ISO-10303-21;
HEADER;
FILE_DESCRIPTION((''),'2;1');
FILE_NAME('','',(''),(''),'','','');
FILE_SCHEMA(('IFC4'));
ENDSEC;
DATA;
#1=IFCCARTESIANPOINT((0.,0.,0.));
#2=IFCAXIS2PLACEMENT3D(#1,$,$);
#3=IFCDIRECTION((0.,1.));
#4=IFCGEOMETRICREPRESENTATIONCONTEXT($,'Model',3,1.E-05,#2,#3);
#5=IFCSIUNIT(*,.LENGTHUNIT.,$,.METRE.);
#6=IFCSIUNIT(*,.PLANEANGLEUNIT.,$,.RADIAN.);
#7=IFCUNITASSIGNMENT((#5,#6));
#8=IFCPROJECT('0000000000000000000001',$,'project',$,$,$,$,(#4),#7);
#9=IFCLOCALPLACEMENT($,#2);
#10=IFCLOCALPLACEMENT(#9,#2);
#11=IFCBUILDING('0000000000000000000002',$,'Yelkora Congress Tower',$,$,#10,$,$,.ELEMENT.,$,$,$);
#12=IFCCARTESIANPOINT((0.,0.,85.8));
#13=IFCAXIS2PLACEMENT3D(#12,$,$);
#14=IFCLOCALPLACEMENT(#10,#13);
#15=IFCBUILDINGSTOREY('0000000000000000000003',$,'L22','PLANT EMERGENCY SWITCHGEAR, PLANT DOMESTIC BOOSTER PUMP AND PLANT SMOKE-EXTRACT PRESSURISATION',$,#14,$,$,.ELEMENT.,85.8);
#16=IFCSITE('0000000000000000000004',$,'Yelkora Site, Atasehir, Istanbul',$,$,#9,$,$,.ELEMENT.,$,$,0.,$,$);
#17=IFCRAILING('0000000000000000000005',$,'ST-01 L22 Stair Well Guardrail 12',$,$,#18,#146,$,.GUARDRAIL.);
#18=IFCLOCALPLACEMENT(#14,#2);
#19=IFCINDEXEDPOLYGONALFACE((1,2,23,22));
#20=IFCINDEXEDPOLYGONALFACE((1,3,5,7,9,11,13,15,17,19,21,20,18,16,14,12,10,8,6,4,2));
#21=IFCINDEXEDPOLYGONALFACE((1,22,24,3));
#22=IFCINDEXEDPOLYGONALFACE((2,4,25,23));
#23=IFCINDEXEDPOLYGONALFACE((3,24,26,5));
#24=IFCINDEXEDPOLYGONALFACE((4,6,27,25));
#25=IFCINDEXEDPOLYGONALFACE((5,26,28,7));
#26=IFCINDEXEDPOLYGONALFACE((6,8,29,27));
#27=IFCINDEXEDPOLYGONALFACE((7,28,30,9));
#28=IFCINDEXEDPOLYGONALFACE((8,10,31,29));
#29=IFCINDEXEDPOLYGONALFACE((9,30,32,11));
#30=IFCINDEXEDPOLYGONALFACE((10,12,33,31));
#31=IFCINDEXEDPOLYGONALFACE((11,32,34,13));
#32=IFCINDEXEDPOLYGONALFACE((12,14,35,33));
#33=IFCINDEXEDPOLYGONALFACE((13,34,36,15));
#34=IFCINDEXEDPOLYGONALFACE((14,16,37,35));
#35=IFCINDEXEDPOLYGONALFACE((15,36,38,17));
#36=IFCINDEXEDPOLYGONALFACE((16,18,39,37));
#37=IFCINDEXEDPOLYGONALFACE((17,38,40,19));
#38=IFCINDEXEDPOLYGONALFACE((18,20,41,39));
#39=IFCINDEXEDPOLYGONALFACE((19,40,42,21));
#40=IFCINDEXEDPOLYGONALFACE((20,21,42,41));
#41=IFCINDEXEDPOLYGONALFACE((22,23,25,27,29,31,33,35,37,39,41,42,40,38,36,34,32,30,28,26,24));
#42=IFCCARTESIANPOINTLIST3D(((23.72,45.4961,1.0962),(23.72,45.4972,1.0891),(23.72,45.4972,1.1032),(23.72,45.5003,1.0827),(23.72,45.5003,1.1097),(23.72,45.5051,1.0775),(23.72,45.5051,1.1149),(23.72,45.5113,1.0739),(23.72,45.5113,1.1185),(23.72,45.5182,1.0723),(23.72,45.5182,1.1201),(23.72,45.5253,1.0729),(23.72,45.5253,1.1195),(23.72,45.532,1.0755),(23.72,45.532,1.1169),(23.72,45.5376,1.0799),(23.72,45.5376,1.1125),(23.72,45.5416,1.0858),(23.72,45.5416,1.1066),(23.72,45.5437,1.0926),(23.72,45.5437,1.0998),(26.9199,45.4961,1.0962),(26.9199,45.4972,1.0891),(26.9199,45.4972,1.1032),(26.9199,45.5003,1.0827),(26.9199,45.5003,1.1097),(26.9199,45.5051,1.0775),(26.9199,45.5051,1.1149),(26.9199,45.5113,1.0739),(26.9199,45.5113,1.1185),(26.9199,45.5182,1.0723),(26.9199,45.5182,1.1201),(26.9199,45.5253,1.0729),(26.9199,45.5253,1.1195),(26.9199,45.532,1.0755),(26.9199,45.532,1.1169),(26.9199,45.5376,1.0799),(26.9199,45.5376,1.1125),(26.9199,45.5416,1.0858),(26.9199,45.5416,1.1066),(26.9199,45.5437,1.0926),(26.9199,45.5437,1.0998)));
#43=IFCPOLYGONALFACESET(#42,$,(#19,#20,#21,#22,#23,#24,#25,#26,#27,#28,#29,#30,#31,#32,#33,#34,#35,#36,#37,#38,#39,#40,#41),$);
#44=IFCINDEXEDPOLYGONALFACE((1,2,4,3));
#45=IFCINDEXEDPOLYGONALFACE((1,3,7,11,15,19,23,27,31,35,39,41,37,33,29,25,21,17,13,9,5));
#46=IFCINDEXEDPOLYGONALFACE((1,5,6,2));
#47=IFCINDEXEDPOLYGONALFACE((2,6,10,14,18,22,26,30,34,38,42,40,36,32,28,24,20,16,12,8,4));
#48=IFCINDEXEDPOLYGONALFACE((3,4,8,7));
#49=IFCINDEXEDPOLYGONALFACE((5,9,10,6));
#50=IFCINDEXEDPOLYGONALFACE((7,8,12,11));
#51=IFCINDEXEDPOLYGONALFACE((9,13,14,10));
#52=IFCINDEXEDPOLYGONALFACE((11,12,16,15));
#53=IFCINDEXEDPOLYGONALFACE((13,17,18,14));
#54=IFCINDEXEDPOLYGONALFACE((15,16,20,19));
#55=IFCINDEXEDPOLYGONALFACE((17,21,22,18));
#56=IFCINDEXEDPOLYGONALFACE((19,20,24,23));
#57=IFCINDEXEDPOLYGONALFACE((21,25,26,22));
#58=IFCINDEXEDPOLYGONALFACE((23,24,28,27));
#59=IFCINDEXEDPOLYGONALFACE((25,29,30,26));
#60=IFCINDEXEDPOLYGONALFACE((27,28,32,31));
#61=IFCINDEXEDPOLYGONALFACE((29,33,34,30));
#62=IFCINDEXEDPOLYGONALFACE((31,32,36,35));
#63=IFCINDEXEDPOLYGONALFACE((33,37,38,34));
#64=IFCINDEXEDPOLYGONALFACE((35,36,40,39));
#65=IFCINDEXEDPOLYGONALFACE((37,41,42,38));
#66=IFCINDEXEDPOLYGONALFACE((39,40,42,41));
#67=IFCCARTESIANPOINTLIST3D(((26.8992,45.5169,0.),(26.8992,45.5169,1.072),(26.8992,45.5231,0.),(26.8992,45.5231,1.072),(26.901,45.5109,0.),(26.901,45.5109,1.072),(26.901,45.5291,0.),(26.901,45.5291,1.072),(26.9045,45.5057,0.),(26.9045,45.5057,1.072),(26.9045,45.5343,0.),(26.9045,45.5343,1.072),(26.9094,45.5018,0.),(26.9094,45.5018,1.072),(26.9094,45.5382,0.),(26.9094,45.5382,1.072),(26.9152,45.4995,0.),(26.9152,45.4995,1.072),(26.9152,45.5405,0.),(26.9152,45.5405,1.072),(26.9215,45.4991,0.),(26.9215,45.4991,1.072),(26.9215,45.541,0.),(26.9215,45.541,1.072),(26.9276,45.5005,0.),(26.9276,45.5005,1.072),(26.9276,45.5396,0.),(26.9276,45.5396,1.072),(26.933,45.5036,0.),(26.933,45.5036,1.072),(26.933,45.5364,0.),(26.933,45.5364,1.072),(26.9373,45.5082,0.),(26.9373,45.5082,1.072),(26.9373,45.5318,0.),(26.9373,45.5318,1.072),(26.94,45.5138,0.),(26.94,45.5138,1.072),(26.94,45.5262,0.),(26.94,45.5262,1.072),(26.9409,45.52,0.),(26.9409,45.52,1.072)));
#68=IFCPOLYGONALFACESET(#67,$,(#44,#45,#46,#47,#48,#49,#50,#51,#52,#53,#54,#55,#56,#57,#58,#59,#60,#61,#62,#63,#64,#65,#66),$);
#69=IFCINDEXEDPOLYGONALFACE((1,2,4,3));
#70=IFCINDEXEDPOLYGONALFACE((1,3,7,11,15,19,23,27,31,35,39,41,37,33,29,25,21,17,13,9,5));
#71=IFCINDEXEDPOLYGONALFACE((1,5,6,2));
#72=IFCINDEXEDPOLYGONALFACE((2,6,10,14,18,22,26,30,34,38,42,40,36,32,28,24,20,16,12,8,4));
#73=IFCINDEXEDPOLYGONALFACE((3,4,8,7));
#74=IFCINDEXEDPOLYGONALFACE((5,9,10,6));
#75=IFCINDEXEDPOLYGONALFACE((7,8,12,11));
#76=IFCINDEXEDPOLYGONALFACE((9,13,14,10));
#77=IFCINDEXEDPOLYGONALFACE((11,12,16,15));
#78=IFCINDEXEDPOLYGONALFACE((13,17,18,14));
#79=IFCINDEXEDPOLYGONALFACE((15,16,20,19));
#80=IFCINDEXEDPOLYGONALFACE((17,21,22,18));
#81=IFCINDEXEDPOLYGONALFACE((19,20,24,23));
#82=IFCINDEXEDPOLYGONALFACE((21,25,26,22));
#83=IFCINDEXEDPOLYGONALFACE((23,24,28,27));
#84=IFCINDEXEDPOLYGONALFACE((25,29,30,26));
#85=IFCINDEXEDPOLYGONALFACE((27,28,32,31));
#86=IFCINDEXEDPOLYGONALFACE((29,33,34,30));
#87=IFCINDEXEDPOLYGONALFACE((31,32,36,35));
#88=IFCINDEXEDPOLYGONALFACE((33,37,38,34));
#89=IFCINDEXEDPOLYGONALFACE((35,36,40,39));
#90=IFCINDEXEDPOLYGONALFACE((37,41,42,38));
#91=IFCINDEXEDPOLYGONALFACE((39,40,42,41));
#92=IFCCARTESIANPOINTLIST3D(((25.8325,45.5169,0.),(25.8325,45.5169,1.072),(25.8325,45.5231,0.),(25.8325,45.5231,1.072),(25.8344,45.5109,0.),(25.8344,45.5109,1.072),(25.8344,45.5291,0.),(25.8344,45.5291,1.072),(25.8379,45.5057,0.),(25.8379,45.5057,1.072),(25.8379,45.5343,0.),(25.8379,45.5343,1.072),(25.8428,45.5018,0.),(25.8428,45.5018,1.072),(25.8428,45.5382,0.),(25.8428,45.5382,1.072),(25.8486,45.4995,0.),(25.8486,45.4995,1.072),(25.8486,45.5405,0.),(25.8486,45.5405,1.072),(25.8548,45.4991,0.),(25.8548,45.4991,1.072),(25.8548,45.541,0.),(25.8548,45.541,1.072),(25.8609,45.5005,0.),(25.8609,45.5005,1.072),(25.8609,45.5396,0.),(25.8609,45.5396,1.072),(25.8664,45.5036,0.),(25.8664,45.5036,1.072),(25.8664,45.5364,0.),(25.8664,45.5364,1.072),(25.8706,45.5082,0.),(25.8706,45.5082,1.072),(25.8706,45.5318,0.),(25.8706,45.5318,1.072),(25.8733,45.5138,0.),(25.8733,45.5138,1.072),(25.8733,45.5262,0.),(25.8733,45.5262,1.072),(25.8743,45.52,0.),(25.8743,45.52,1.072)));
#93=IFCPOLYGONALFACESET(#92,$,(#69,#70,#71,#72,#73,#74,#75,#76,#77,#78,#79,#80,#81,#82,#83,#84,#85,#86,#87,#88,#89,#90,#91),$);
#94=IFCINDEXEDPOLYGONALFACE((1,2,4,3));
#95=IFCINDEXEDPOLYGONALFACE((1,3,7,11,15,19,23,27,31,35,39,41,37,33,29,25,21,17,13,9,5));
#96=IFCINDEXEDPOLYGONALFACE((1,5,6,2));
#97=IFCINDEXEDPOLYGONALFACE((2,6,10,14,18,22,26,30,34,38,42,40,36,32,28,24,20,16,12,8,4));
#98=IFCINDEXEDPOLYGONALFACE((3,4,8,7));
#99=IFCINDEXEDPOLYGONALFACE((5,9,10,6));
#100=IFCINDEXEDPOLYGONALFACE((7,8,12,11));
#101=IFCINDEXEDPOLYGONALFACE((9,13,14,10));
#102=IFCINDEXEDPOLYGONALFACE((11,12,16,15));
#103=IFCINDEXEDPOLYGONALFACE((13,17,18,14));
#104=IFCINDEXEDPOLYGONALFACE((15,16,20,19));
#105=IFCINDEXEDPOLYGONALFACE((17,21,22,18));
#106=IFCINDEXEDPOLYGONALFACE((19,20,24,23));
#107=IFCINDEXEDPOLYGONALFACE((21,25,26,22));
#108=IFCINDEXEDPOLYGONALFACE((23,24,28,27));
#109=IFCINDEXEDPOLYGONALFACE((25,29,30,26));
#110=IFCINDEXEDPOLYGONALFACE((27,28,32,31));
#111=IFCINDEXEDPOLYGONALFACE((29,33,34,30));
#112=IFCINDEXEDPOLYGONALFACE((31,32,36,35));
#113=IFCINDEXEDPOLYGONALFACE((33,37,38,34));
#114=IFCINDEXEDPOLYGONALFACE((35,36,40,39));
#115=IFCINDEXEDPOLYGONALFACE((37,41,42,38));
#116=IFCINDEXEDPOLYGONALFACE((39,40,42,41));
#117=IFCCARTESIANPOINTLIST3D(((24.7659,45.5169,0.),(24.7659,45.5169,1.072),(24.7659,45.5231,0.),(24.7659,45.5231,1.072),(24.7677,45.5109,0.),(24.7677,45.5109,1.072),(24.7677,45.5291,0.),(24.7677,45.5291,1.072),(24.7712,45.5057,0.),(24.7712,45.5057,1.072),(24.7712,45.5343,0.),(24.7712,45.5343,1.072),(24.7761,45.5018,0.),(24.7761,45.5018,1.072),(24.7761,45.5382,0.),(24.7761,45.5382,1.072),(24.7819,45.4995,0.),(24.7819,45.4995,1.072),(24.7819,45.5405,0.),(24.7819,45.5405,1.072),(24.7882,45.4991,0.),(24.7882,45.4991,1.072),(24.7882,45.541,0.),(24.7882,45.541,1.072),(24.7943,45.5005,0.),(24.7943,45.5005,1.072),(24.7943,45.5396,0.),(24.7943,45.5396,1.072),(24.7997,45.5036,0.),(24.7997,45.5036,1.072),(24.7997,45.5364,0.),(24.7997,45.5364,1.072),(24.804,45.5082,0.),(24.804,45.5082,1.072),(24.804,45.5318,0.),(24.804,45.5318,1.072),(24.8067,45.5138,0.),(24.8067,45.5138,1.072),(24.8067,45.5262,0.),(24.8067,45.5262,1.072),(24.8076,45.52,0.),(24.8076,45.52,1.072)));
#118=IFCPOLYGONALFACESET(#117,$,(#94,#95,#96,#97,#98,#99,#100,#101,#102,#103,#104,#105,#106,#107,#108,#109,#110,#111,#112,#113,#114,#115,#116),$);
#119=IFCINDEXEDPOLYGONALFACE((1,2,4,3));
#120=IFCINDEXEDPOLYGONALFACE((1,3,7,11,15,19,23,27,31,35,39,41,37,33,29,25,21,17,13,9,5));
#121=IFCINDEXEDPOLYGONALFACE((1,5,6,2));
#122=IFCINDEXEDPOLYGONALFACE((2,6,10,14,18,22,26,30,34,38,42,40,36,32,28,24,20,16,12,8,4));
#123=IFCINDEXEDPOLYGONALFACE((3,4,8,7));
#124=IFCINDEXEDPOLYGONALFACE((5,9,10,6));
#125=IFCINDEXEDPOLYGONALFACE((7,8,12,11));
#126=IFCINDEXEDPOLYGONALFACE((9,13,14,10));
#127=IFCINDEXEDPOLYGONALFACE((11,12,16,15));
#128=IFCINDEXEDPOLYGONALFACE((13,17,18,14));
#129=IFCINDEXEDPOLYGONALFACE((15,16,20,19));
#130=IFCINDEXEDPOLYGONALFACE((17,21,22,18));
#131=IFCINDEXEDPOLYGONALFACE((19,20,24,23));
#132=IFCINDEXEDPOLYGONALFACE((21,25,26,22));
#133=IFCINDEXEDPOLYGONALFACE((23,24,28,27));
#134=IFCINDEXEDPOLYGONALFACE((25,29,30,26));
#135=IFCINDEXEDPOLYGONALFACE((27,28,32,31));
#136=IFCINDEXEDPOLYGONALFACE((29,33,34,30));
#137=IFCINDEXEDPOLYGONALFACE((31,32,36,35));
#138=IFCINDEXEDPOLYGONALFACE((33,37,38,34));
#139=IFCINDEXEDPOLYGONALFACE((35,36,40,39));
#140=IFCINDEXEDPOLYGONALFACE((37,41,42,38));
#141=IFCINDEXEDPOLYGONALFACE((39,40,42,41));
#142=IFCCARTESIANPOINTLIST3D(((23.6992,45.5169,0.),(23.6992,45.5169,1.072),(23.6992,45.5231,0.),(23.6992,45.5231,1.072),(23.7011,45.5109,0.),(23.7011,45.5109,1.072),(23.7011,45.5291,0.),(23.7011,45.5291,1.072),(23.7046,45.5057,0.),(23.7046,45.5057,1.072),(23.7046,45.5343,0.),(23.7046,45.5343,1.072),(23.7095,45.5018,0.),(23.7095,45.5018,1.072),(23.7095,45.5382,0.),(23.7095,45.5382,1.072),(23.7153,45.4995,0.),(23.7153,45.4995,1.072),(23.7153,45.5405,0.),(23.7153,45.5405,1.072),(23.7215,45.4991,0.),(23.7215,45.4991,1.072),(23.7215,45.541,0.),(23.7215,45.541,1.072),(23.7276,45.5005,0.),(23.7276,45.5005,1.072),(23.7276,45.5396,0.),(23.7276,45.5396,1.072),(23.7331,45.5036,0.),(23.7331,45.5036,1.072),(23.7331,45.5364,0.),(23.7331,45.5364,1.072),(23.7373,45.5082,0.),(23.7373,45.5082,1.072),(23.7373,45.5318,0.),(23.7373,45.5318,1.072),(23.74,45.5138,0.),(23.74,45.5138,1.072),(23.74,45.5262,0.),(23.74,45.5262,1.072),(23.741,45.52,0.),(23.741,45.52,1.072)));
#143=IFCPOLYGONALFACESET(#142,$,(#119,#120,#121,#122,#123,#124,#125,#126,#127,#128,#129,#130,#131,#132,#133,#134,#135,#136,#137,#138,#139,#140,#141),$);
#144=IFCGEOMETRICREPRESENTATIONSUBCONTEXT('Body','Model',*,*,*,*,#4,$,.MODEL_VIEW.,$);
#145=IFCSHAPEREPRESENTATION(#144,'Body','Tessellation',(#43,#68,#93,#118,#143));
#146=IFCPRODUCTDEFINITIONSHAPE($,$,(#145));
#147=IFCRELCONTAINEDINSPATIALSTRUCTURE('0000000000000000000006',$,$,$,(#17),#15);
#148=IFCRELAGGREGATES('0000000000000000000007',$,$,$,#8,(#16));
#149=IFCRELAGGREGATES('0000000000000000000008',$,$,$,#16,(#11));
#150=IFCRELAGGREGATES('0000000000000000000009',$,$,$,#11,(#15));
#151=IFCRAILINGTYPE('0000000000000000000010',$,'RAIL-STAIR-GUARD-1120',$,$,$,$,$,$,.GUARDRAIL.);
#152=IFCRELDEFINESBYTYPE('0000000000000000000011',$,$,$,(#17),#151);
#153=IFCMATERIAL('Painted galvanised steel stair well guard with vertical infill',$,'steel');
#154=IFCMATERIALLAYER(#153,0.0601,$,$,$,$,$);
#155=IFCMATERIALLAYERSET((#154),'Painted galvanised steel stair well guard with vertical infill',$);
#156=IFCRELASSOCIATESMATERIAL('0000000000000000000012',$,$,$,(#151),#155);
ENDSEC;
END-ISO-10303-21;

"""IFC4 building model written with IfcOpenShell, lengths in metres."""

from ifc_helpers import new_model, si_unit, direction, frame, origin, origin_2d, place, context, subcontext, project, spatial, circle, extrude, material, layer, layer_set, type_object, element, save


model = new_model("IFC4")

# Units and contexts
model_context = context("Model", 3, precision=1e-05, world=origin(), true_north=direction((0.0, 1.0)))
body_context = subcontext(model_context, "Body", "Model", "MODEL_VIEW")
ifc_project = project(units=[si_unit("LENGTHUNIT", "METRE"), si_unit("PLANEANGLEUNIT", "RADIAN")], contexts=[model_context])

# Site, building, storey
site_placement = place(None, origin())
site = spatial("IfcSite", under=ifc_project, at=site_placement, Name="Yelkora Site, Atasehir, Istanbul", CompositionType="ELEMENT", RefElevation=0.0)
building_placement = place(site_placement, origin())
building = spatial("IfcBuilding", under=site, at=building_placement, Name="Yelkora Congress Tower", CompositionType="ELEMENT")
storey_placement = place(building_placement, frame((0.0, 0.0, 85.8)))
storey = spatial("IfcBuildingStorey", under=building, at=storey_placement, Name="L22", Description="PLANT EMERGENCY SWITCHGEAR, PLANT DOMESTIC BOOSTER PUMP AND PLANT SMOKE-EXTRACT PRESSURISATION", CompositionType="ELEMENT", Elevation=85.8)

# Railing
ifc_material_1 = material(Name="Painted galvanised steel stair well guard with vertical infill", Category="steel")
ifc_layer_1 = layer(ifc_material_1, 0.0601)
ifc_layer_set_1 = layer_set([ifc_layer_1], Name="Painted galvanised steel stair well guard with vertical infill")
railing_type_1 = type_object("IfcRailingType", Name="RAIL-STAIR-GUARD-1120", PredefinedType="GUARDRAIL", material=ifc_layer_set_1)
railing_1_placement = place(storey_placement, frame((26.9199, 45.52, 0.0)))
element("IfcRailing", 1, at=railing_1_placement, inside=storey, type_object=railing_type_1, Name="ST-01 L22 Stair Well Guardrail 12", PredefinedType="GUARDRAIL", context=body_context, shape_type="SweptSolid", body=[
    extrude(circle(Radius=0.0239, at=origin_2d()), frame((0.0, 0.0, 1.0962), z_axis=(-1.0, 0.0, 0.0), x_axis=(0.0, -1.0, 0.0)), (0.0, 0.0, 1.0), 3.2),
    extrude(circle(Radius=0.021, at=origin_2d()), origin(), (0.0, 0.0, 1.0), 1.072),
    extrude(circle(Radius=0.021, at=origin_2d()), frame((-1.0667, 0.0, 0.0)), (0.0, 0.0, 1.0), 1.072),
    extrude(circle(Radius=0.021, at=origin_2d()), frame((-2.1333, 0.0, 0.0)), (0.0, 0.0, 1.0), 1.072),
    extrude(circle(Radius=0.021, at=origin_2d()), frame((-3.2, 0.0, 0.0)), (0.0, 0.0, 1.0), 1.072),
])

save(model, "model.ifc")
